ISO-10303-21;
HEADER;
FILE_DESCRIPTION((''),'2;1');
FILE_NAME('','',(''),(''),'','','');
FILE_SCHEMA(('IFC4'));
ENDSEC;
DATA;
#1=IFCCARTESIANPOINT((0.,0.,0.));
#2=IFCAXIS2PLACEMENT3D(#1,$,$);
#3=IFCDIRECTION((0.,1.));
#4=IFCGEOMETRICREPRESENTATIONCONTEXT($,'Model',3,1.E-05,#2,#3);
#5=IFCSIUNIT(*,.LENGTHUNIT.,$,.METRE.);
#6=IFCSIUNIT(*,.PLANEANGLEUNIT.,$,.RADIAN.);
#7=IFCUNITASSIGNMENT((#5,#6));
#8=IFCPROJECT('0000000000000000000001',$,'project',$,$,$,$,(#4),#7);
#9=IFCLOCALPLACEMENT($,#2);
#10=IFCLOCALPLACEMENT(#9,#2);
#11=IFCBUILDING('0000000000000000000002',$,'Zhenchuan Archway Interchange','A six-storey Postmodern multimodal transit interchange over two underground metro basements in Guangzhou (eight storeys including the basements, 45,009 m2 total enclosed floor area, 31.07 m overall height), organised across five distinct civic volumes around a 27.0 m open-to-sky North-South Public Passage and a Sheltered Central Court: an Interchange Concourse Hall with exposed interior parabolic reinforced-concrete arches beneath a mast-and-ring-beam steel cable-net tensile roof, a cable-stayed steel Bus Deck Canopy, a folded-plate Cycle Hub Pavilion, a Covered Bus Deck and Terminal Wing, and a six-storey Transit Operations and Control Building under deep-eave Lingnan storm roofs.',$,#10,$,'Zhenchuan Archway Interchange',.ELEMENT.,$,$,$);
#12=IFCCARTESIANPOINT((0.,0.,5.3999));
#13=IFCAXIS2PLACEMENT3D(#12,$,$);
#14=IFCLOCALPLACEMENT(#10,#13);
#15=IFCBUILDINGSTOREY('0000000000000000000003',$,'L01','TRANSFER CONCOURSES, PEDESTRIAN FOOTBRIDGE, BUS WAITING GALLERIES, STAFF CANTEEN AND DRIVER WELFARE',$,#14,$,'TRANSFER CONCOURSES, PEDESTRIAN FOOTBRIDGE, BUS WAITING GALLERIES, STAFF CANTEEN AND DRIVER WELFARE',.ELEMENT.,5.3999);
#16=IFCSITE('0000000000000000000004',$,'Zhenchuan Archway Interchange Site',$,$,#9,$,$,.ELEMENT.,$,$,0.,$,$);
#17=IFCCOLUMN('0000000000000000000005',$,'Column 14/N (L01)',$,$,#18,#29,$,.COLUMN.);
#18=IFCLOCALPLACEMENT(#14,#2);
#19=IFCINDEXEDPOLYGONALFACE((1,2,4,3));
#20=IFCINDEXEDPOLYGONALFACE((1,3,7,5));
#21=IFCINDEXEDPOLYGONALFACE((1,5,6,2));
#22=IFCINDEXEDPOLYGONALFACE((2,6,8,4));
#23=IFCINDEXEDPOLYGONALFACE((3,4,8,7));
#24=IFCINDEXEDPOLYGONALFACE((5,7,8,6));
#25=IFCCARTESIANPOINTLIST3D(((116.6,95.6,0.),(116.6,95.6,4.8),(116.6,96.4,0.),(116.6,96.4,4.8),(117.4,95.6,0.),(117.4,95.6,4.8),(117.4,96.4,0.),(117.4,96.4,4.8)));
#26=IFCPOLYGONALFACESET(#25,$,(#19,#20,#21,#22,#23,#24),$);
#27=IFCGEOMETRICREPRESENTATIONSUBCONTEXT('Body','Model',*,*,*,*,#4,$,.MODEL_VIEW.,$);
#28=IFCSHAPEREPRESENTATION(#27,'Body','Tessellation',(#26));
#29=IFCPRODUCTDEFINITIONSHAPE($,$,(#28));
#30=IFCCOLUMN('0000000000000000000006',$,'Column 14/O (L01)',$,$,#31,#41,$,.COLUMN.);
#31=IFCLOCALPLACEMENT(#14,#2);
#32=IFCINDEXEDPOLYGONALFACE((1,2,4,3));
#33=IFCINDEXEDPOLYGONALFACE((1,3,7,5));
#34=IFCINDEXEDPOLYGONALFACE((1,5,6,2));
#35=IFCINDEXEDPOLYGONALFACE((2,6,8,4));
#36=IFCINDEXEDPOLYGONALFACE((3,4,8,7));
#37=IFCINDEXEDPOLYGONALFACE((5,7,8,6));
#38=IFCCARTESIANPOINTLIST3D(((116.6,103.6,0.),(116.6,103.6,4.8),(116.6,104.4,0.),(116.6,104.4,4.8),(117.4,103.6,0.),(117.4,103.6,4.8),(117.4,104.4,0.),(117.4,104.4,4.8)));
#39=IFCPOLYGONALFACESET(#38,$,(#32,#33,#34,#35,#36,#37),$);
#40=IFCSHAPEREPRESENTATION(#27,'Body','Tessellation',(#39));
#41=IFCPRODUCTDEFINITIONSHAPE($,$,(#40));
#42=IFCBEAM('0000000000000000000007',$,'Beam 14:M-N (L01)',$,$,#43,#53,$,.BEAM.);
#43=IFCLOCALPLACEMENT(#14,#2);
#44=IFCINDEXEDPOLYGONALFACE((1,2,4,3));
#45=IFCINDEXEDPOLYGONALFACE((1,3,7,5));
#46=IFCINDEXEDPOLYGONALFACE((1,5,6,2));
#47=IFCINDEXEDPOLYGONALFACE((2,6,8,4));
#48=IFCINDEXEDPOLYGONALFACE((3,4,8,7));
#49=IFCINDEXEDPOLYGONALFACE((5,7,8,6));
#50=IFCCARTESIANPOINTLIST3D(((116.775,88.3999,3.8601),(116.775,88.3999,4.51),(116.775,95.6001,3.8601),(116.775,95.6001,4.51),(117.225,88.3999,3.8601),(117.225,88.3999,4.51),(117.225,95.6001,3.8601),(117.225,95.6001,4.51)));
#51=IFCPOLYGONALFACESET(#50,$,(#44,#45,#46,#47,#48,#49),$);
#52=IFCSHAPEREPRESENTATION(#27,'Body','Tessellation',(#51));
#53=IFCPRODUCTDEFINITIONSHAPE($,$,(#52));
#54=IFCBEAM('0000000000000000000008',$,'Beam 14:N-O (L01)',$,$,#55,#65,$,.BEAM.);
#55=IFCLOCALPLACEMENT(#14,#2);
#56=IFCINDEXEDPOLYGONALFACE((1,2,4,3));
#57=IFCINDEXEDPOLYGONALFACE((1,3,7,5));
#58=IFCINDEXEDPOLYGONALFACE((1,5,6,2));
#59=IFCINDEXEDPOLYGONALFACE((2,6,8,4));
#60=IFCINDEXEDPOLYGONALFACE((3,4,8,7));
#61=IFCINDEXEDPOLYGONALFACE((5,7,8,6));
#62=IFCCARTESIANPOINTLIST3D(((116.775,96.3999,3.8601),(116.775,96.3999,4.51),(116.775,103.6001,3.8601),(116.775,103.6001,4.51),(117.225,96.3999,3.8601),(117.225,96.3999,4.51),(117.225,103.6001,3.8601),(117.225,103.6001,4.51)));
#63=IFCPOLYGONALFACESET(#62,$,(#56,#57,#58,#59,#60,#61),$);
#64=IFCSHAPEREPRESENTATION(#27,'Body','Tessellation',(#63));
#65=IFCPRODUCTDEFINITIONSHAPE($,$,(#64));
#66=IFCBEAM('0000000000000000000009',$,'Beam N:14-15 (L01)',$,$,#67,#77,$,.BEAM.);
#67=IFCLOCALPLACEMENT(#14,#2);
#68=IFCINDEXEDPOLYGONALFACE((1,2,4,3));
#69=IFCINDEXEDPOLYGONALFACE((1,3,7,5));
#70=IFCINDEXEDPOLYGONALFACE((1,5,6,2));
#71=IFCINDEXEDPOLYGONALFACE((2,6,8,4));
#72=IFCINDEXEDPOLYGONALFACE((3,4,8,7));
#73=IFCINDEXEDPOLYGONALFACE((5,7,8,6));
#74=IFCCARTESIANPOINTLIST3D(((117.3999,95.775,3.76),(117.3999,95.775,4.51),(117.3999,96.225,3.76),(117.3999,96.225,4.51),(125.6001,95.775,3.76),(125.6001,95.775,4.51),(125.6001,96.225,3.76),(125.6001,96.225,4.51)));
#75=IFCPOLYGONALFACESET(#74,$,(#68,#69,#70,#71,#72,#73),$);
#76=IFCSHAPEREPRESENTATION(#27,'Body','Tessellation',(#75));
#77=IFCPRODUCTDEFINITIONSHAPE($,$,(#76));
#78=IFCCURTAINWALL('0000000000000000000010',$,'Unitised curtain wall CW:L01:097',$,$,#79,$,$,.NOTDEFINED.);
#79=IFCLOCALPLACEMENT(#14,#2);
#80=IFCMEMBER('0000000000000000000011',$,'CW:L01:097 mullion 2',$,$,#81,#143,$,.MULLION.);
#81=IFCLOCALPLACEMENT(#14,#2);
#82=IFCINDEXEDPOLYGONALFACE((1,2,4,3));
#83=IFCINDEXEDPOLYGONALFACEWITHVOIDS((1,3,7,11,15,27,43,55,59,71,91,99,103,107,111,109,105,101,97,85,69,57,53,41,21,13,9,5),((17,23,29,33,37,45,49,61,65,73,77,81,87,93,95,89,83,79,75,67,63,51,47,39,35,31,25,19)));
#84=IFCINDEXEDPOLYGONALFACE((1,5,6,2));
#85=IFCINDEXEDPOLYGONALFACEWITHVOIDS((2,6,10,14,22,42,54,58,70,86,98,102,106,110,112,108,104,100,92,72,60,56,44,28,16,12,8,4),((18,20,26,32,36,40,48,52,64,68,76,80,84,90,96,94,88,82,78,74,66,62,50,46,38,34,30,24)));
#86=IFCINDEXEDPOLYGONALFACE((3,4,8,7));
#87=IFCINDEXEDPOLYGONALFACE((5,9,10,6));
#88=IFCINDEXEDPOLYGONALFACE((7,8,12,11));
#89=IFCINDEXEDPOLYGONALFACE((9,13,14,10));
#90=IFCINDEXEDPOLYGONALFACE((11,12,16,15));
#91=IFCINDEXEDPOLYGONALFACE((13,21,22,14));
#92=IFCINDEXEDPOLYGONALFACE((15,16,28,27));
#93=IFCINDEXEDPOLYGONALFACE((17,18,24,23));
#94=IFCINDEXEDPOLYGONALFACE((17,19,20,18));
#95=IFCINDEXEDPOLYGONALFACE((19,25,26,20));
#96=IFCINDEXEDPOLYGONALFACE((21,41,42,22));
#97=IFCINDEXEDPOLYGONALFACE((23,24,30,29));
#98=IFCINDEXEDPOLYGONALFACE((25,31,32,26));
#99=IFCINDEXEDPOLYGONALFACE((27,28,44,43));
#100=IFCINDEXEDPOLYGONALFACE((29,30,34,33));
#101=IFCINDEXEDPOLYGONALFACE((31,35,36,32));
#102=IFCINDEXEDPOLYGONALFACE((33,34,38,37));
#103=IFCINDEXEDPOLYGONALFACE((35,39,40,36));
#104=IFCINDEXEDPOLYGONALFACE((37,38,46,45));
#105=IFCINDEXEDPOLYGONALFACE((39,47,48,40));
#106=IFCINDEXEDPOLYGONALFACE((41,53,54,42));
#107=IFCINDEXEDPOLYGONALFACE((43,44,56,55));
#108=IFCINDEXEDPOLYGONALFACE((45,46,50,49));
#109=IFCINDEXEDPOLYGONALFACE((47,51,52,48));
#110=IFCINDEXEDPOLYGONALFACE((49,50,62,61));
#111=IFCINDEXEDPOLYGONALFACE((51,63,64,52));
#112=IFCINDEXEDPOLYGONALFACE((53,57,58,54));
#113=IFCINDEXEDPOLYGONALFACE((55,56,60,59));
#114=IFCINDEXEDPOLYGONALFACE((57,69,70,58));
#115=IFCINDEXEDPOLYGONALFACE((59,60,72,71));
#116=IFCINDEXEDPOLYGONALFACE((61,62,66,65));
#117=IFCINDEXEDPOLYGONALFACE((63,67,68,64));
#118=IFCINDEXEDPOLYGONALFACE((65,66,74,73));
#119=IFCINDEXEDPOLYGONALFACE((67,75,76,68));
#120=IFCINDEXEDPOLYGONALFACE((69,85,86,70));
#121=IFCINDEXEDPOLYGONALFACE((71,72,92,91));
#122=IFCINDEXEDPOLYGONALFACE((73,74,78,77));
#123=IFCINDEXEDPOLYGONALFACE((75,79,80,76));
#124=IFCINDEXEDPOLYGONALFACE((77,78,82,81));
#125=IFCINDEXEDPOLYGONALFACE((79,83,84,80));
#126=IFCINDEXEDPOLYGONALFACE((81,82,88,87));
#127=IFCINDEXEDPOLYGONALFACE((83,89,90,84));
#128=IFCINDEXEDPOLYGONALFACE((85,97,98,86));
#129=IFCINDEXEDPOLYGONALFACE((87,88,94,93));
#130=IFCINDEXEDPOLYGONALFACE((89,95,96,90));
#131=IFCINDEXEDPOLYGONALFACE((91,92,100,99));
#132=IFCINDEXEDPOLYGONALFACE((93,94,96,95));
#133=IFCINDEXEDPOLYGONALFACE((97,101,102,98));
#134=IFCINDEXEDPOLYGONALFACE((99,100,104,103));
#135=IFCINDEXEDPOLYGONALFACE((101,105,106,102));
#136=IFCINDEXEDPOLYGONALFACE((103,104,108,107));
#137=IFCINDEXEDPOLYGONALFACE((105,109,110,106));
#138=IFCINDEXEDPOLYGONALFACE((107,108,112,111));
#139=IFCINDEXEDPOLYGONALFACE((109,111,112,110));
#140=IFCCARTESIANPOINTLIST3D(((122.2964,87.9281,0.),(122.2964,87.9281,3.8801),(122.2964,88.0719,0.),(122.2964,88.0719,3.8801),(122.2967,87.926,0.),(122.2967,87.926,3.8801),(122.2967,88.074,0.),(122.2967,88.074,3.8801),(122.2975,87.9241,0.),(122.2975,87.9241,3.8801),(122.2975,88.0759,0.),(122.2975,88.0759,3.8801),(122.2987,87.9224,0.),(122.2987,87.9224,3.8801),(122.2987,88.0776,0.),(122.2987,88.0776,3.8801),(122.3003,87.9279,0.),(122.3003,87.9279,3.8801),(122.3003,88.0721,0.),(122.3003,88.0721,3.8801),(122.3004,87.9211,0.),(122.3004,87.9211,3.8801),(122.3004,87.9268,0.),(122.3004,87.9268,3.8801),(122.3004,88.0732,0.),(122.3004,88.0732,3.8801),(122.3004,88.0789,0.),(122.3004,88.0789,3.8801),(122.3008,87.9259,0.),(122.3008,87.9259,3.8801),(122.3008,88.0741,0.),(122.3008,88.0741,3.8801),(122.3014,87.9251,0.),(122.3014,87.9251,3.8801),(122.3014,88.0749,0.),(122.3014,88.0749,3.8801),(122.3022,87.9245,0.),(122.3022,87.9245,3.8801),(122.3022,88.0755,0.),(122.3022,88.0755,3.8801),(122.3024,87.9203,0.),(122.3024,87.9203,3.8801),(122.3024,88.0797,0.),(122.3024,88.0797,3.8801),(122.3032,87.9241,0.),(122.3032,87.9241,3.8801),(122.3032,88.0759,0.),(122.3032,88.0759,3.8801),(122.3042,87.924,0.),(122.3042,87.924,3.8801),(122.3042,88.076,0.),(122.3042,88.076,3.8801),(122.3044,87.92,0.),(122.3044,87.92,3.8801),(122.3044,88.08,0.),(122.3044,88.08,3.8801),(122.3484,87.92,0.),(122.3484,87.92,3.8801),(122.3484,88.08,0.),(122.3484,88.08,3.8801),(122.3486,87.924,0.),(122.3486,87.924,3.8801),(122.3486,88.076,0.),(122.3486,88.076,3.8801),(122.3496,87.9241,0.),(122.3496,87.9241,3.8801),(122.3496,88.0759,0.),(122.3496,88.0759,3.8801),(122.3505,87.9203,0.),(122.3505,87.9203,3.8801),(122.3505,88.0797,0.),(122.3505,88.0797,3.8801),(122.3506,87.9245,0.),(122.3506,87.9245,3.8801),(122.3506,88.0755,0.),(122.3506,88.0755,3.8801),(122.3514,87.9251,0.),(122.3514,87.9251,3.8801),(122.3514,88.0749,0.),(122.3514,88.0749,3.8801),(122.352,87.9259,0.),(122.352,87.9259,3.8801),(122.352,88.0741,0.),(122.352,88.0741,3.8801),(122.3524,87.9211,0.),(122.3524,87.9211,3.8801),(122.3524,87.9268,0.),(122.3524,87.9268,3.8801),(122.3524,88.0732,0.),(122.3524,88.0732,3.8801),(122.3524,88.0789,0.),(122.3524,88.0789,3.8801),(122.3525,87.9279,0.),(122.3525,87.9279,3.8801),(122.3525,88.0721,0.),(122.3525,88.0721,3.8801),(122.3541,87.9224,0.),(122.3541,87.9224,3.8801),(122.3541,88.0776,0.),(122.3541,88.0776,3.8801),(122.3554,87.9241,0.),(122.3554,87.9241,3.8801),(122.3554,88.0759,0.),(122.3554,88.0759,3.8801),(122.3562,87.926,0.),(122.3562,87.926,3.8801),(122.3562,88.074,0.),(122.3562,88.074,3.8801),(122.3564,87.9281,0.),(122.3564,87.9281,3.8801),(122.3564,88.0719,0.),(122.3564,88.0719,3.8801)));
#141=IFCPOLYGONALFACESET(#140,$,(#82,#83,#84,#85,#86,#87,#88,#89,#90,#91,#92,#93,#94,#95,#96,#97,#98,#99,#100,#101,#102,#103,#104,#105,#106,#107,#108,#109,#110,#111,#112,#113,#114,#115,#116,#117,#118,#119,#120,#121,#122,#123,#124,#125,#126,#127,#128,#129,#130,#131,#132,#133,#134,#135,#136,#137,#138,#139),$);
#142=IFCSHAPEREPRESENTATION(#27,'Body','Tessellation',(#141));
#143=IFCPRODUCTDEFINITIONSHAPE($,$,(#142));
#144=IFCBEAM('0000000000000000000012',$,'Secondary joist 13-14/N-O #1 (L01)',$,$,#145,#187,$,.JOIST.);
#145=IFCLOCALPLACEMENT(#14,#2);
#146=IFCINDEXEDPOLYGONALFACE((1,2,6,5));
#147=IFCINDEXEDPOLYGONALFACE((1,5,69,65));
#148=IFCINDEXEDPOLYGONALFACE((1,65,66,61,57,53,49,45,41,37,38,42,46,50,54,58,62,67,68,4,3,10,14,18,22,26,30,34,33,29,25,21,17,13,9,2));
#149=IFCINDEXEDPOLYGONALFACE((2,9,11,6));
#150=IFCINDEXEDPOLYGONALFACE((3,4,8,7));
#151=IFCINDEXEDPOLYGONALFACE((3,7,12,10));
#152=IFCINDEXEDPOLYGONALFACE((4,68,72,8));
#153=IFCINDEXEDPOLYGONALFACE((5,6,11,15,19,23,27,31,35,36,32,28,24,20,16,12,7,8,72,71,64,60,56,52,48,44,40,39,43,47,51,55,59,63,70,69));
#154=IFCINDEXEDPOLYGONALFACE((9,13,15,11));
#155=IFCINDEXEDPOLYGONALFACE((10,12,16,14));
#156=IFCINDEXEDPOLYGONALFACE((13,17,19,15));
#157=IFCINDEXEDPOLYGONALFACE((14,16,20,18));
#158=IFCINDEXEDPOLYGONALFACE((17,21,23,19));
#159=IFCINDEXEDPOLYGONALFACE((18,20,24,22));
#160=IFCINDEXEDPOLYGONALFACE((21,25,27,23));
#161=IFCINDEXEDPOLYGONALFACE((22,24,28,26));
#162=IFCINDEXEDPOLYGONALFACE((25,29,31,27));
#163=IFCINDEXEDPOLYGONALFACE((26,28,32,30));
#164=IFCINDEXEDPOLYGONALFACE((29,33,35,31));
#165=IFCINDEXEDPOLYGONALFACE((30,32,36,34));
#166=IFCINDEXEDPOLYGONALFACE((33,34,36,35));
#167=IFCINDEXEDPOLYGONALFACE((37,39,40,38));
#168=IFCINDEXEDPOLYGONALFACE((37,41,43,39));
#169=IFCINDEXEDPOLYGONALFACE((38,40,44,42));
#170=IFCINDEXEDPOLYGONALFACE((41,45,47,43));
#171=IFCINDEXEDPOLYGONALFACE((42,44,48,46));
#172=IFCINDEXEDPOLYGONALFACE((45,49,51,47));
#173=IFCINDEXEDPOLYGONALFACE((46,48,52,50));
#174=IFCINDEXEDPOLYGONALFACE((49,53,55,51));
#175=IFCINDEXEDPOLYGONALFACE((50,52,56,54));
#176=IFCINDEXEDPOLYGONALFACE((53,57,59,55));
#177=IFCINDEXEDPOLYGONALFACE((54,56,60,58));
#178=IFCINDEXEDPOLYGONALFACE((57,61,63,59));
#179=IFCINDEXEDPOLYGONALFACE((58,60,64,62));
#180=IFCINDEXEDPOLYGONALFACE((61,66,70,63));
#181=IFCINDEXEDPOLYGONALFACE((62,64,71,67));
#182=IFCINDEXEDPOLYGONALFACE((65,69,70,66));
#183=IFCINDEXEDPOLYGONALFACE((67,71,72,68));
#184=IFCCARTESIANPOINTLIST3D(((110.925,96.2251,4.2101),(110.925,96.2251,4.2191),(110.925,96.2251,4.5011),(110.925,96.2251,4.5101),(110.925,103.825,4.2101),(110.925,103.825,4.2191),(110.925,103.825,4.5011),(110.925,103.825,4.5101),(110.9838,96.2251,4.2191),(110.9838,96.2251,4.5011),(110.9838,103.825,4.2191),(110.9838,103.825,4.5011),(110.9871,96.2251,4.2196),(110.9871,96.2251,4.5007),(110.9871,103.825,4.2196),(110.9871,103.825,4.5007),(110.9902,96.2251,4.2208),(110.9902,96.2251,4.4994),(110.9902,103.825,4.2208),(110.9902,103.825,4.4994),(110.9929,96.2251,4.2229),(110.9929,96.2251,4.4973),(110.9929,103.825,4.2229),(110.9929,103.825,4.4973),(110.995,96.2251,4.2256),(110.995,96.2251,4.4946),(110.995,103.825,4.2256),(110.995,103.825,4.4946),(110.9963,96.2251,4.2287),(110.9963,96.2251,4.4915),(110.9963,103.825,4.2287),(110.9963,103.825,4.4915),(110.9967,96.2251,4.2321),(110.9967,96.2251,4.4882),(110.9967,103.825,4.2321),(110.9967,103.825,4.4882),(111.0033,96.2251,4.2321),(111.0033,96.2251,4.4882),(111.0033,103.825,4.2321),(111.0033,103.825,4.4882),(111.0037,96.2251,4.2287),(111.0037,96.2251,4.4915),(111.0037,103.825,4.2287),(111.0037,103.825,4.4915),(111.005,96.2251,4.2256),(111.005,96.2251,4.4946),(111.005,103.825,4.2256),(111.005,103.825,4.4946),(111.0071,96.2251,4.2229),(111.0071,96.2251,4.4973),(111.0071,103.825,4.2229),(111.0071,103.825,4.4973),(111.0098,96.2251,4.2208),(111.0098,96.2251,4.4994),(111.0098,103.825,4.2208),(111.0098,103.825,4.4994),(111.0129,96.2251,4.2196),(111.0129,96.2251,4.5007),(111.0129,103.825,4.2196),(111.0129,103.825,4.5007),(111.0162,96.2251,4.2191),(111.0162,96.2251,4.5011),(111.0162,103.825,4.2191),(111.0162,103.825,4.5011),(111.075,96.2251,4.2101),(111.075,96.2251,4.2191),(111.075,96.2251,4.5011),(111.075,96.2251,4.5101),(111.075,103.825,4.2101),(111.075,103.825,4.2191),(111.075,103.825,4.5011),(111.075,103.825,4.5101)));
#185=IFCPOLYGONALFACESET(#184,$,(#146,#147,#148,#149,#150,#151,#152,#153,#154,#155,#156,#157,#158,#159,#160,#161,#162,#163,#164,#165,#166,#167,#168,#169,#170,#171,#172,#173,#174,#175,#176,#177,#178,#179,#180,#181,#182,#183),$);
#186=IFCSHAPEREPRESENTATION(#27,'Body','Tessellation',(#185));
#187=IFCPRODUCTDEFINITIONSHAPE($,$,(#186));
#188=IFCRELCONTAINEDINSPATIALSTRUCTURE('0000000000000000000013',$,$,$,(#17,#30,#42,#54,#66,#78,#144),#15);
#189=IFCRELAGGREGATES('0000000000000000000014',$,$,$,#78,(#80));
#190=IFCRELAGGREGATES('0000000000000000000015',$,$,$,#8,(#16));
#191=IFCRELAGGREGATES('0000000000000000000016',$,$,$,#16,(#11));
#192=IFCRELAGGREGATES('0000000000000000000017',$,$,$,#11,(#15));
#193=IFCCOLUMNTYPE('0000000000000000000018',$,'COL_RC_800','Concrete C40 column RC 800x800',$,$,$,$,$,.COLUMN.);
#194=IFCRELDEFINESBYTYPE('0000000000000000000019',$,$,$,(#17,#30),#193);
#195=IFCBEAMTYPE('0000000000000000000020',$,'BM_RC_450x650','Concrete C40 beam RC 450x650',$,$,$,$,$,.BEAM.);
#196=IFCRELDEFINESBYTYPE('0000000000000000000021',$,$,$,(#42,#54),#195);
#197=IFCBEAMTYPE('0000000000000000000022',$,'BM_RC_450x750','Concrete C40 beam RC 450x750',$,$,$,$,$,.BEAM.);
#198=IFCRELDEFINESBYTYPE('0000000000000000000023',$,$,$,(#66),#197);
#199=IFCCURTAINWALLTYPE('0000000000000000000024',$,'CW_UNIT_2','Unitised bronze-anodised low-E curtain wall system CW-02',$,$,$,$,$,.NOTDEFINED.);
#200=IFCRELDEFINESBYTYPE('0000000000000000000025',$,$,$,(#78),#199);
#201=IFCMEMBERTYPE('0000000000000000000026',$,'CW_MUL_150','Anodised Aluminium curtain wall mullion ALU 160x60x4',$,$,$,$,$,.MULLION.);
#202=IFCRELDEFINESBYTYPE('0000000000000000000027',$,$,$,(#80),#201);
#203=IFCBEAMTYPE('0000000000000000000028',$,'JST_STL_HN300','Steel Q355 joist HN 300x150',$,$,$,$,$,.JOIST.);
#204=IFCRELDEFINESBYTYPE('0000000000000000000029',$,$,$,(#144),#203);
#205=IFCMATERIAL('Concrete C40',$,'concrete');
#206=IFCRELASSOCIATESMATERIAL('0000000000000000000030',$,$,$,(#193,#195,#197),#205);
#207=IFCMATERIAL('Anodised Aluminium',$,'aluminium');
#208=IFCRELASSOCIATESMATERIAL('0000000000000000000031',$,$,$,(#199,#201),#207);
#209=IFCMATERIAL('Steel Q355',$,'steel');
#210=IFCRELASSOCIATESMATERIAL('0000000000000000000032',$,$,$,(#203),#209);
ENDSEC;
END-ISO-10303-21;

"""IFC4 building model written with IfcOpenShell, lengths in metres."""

from ifc_helpers import new_model, si_unit, direction, frame, origin, origin_2d, place, context, subcontext, project, spatial, rectangle, hollow_rectangle, i_section, extrude, material, material_profile, profile_set, type_object, element, aggregate, save


model = new_model("IFC4")

# Units and contexts
model_context = context("Model", 3, precision=1e-05, world=origin(), true_north=direction((0.0, 1.0)))
body_context = subcontext(model_context, "Body", "Model", "MODEL_VIEW")
ifc_project = project(units=[si_unit("LENGTHUNIT", "METRE"), si_unit("PLANEANGLEUNIT", "RADIAN")], contexts=[model_context])

# Site, building, storey
site_placement = place(None, origin())
site = spatial("IfcSite", under=ifc_project, at=site_placement, Name="Zhenchuan Archway Interchange Site", CompositionType="ELEMENT", RefElevation=0.0)
building_placement = place(site_placement, origin())
building = spatial("IfcBuilding", under=site, at=building_placement, Name="Zhenchuan Archway Interchange", Description="A six-storey Postmodern multimodal transit interchange over two underground metro basements in Guangzhou (eight storeys including the basements, 45,009 m2 total enclosed floor area, 31.07 m overall height), organised across five distinct civic volumes around a 27.0 m open-to-sky North-South Public Passage and a Sheltered Central Court: an Interchange Concourse Hall with exposed interior parabolic reinforced-concrete arches beneath a mast-and-ring-beam steel cable-net tensile roof, a cable-stayed steel Bus Deck Canopy, a folded-plate Cycle Hub Pavilion, a Covered Bus Deck and Terminal Wing, and a six-storey Transit Operations and Control Building under deep-eave Lingnan storm roofs.", LongName="Zhenchuan Archway Interchange", CompositionType="ELEMENT")
storey_placement = place(building_placement, frame((0.0, 0.0, 5.3999)))
storey = spatial("IfcBuildingStorey", under=building, at=storey_placement, Name="L01", Description="TRANSFER CONCOURSES, PEDESTRIAN FOOTBRIDGE, BUS WAITING GALLERIES, STAFF CANTEEN AND DRIVER WELFARE", LongName="TRANSFER CONCOURSES, PEDESTRIAN FOOTBRIDGE, BUS WAITING GALLERIES, STAFF CANTEEN AND DRIVER WELFARE", CompositionType="ELEMENT", Elevation=5.3999)

# Columns
ifc_material_1 = material(Name="Concrete C40", Category="concrete")
ifc_material_profile_1 = material_profile(ifc_material_1, rectangle(XDim=0.8, YDim=0.8, at=origin_2d()), Name="RC 800x800")
ifc_profile_set_1 = profile_set([ifc_material_profile_1], Name="Concrete C40")
column_type = type_object("IfcColumnType", Name="COL_RC_800", Description="Concrete C40 column RC 800x800", PredefinedType="COLUMN", material=ifc_profile_set_1)
for number, where, z_axis, x_axis, name in (
    (1, (117.0, 96.0, 0.0), (0.0, 0.0, 1.0), (1.0, 0.0, 0.0), "Column 14/N (L01)"),
    (2, (117.0, 104.0, 0.0), (0.0, 0.0, 1.0), (1.0, 0.0, 0.0), "Column 14/O (L01)"),
):
    element("IfcColumn", number, at=place(storey_placement, frame(where, z_axis=z_axis, x_axis=x_axis)), inside=storey, type_object=column_type, Name=name, PredefinedType="COLUMN", context=body_context, shape_type="SweptSolid", body=[
        extrude(rectangle(XDim=0.8, YDim=0.8, at=origin_2d()), origin(), (0.0, 0.0, 1.0), 4.8),
    ])

# Beams
ifc_material_profile_2 = material_profile(ifc_material_1, rectangle(XDim=0.45, YDim=0.6499, at=origin_2d()), Name="RC 450x650")
ifc_profile_set_2 = profile_set([ifc_material_profile_2], Name="Concrete C40")
beam_type_1 = type_object("IfcBeamType", Name="BM_RC_450x650", Description="Concrete C40 beam RC 450x650", PredefinedType="BEAM", material=ifc_profile_set_2)
for number, where, z_axis, x_axis, name in (
    (3, (117.0, 88.3999, 4.1851), (0.0, 1.0, 0.0), (-1.0, 0.0, 0.0), "Beam 14:M-N (L01)"),
    (4, (117.0, 96.3999, 4.1851), (0.0, 1.0, 0.0), (-1.0, 0.0, 0.0), "Beam 14:N-O (L01)"),
):
    element("IfcBeam", number, at=place(storey_placement, frame(where, z_axis=z_axis, x_axis=x_axis)), inside=storey, type_object=beam_type_1, Name=name, PredefinedType="BEAM", context=body_context, shape_type="SweptSolid", body=[
        extrude(rectangle(XDim=0.45, YDim=0.6499, at=origin_2d()), origin(), (0.0, 0.0, 1.0), 7.2002),
    ])
ifc_material_profile_3 = material_profile(ifc_material_1, rectangle(XDim=0.45, YDim=0.75, at=origin_2d()), Name="RC 450x750")
ifc_profile_set_3 = profile_set([ifc_material_profile_3], Name="Concrete C40")
beam_type_2 = type_object("IfcBeamType", Name="BM_RC_450x750", Description="Concrete C40 beam RC 450x750", PredefinedType="BEAM", material=ifc_profile_set_3)
beam_1_placement = place(storey_placement, frame((117.3999, 96.0, 4.135), z_axis=(1.0, 0.0, 0.0), x_axis=(0.0, 1.0, 0.0)))
element("IfcBeam", 5, at=beam_1_placement, inside=storey, type_object=beam_type_2, Name="Beam N:14-15 (L01)", PredefinedType="BEAM", context=body_context, shape_type="SweptSolid", body=[
    extrude(rectangle(XDim=0.45, YDim=0.75, at=origin_2d()), origin(), (0.0, 0.0, 1.0), 8.2002),
])

# Curtain wall, member
ifc_material_2 = material(Name="Anodised Aluminium", Category="aluminium")
curtain_wall_type = type_object("IfcCurtainWallType", Name="CW_UNIT_2", Description="Unitised bronze-anodised low-E curtain wall system CW-02", PredefinedType="NOTDEFINED", material=ifc_material_2)
curtain_wall_placement = place(storey_placement, origin())
curtain_wall = element("IfcCurtainWall", 6, at=curtain_wall_placement, inside=storey, type_object=curtain_wall_type, Name="Unitised curtain wall CW:L01:097", PredefinedType="NOTDEFINED")
ifc_material_profile_4 = material_profile(ifc_material_2, hollow_rectangle(XDim=0.0601, YDim=0.1599, WallThickness=0.0039, InnerFilletRadius=0.0039, OuterFilletRadius=0.0081, at=origin_2d()), Name="ALU 160x60x4")
ifc_profile_set_4 = profile_set([ifc_material_profile_4], Name="Anodised Aluminium")
member_type = type_object("IfcMemberType", Name="CW_MUL_150", Description="Anodised Aluminium curtain wall mullion ALU 160x60x4", PredefinedType="MULLION", material=ifc_profile_set_4)
member_placement = place(storey_placement, frame((122.3264, 88.0, 0.0), z_axis=(0.0, 0.0, 1.0), x_axis=(1.0, 0.0, 0.0)))
member = element("IfcMember", 7, at=member_placement, type_object=member_type, Name="CW:L01:097 mullion 2", PredefinedType="MULLION", context=body_context, shape_type="SweptSolid", body=[
    extrude(hollow_rectangle(XDim=0.0601, YDim=0.1599, WallThickness=0.0039, InnerFilletRadius=0.0039, OuterFilletRadius=0.0081, at=origin_2d()), origin(), (0.0, 0.0, 1.0), 3.8801),
])

# Beam
ifc_material_3 = material(Name="Steel Q355", Category="steel")
ifc_material_profile_5 = material_profile(ifc_material_3, i_section(OverallWidth=0.1499, OverallDepth=0.3, WebThickness=0.0066, FlangeThickness=0.009, FilletRadius=0.0129, at=origin_2d()), Name="HN 300x150")
ifc_profile_set_5 = profile_set([ifc_material_profile_5], Name="Steel Q355")
beam_type_3 = type_object("IfcBeamType", Name="JST_STL_HN300", Description="Steel Q355 joist HN 300x150", PredefinedType="JOIST", material=ifc_profile_set_5)
for number, where, z_axis, x_axis, name in (
    (8, (111.0, 96.2251, 4.3601), (0.0, 1.0, 0.0), (-1.0, 0.0, 0.0), "Secondary joist 13-14/N-O #1 (L01)"),
):
    element("IfcBeam", number, at=place(storey_placement, frame(where, z_axis=z_axis, x_axis=x_axis)), inside=storey, type_object=beam_type_3, Name=name, PredefinedType="JOIST", context=body_context, shape_type="SweptSolid", body=[
        extrude(i_section(OverallWidth=0.1499, OverallDepth=0.3, WebThickness=0.0066, FlangeThickness=0.009, FilletRadius=0.0129, at=origin_2d()), origin(), (0.0, 0.0, 1.0), 7.5999),
    ])

aggregate(curtain_wall, [member])

save(model, "model.ifc")
